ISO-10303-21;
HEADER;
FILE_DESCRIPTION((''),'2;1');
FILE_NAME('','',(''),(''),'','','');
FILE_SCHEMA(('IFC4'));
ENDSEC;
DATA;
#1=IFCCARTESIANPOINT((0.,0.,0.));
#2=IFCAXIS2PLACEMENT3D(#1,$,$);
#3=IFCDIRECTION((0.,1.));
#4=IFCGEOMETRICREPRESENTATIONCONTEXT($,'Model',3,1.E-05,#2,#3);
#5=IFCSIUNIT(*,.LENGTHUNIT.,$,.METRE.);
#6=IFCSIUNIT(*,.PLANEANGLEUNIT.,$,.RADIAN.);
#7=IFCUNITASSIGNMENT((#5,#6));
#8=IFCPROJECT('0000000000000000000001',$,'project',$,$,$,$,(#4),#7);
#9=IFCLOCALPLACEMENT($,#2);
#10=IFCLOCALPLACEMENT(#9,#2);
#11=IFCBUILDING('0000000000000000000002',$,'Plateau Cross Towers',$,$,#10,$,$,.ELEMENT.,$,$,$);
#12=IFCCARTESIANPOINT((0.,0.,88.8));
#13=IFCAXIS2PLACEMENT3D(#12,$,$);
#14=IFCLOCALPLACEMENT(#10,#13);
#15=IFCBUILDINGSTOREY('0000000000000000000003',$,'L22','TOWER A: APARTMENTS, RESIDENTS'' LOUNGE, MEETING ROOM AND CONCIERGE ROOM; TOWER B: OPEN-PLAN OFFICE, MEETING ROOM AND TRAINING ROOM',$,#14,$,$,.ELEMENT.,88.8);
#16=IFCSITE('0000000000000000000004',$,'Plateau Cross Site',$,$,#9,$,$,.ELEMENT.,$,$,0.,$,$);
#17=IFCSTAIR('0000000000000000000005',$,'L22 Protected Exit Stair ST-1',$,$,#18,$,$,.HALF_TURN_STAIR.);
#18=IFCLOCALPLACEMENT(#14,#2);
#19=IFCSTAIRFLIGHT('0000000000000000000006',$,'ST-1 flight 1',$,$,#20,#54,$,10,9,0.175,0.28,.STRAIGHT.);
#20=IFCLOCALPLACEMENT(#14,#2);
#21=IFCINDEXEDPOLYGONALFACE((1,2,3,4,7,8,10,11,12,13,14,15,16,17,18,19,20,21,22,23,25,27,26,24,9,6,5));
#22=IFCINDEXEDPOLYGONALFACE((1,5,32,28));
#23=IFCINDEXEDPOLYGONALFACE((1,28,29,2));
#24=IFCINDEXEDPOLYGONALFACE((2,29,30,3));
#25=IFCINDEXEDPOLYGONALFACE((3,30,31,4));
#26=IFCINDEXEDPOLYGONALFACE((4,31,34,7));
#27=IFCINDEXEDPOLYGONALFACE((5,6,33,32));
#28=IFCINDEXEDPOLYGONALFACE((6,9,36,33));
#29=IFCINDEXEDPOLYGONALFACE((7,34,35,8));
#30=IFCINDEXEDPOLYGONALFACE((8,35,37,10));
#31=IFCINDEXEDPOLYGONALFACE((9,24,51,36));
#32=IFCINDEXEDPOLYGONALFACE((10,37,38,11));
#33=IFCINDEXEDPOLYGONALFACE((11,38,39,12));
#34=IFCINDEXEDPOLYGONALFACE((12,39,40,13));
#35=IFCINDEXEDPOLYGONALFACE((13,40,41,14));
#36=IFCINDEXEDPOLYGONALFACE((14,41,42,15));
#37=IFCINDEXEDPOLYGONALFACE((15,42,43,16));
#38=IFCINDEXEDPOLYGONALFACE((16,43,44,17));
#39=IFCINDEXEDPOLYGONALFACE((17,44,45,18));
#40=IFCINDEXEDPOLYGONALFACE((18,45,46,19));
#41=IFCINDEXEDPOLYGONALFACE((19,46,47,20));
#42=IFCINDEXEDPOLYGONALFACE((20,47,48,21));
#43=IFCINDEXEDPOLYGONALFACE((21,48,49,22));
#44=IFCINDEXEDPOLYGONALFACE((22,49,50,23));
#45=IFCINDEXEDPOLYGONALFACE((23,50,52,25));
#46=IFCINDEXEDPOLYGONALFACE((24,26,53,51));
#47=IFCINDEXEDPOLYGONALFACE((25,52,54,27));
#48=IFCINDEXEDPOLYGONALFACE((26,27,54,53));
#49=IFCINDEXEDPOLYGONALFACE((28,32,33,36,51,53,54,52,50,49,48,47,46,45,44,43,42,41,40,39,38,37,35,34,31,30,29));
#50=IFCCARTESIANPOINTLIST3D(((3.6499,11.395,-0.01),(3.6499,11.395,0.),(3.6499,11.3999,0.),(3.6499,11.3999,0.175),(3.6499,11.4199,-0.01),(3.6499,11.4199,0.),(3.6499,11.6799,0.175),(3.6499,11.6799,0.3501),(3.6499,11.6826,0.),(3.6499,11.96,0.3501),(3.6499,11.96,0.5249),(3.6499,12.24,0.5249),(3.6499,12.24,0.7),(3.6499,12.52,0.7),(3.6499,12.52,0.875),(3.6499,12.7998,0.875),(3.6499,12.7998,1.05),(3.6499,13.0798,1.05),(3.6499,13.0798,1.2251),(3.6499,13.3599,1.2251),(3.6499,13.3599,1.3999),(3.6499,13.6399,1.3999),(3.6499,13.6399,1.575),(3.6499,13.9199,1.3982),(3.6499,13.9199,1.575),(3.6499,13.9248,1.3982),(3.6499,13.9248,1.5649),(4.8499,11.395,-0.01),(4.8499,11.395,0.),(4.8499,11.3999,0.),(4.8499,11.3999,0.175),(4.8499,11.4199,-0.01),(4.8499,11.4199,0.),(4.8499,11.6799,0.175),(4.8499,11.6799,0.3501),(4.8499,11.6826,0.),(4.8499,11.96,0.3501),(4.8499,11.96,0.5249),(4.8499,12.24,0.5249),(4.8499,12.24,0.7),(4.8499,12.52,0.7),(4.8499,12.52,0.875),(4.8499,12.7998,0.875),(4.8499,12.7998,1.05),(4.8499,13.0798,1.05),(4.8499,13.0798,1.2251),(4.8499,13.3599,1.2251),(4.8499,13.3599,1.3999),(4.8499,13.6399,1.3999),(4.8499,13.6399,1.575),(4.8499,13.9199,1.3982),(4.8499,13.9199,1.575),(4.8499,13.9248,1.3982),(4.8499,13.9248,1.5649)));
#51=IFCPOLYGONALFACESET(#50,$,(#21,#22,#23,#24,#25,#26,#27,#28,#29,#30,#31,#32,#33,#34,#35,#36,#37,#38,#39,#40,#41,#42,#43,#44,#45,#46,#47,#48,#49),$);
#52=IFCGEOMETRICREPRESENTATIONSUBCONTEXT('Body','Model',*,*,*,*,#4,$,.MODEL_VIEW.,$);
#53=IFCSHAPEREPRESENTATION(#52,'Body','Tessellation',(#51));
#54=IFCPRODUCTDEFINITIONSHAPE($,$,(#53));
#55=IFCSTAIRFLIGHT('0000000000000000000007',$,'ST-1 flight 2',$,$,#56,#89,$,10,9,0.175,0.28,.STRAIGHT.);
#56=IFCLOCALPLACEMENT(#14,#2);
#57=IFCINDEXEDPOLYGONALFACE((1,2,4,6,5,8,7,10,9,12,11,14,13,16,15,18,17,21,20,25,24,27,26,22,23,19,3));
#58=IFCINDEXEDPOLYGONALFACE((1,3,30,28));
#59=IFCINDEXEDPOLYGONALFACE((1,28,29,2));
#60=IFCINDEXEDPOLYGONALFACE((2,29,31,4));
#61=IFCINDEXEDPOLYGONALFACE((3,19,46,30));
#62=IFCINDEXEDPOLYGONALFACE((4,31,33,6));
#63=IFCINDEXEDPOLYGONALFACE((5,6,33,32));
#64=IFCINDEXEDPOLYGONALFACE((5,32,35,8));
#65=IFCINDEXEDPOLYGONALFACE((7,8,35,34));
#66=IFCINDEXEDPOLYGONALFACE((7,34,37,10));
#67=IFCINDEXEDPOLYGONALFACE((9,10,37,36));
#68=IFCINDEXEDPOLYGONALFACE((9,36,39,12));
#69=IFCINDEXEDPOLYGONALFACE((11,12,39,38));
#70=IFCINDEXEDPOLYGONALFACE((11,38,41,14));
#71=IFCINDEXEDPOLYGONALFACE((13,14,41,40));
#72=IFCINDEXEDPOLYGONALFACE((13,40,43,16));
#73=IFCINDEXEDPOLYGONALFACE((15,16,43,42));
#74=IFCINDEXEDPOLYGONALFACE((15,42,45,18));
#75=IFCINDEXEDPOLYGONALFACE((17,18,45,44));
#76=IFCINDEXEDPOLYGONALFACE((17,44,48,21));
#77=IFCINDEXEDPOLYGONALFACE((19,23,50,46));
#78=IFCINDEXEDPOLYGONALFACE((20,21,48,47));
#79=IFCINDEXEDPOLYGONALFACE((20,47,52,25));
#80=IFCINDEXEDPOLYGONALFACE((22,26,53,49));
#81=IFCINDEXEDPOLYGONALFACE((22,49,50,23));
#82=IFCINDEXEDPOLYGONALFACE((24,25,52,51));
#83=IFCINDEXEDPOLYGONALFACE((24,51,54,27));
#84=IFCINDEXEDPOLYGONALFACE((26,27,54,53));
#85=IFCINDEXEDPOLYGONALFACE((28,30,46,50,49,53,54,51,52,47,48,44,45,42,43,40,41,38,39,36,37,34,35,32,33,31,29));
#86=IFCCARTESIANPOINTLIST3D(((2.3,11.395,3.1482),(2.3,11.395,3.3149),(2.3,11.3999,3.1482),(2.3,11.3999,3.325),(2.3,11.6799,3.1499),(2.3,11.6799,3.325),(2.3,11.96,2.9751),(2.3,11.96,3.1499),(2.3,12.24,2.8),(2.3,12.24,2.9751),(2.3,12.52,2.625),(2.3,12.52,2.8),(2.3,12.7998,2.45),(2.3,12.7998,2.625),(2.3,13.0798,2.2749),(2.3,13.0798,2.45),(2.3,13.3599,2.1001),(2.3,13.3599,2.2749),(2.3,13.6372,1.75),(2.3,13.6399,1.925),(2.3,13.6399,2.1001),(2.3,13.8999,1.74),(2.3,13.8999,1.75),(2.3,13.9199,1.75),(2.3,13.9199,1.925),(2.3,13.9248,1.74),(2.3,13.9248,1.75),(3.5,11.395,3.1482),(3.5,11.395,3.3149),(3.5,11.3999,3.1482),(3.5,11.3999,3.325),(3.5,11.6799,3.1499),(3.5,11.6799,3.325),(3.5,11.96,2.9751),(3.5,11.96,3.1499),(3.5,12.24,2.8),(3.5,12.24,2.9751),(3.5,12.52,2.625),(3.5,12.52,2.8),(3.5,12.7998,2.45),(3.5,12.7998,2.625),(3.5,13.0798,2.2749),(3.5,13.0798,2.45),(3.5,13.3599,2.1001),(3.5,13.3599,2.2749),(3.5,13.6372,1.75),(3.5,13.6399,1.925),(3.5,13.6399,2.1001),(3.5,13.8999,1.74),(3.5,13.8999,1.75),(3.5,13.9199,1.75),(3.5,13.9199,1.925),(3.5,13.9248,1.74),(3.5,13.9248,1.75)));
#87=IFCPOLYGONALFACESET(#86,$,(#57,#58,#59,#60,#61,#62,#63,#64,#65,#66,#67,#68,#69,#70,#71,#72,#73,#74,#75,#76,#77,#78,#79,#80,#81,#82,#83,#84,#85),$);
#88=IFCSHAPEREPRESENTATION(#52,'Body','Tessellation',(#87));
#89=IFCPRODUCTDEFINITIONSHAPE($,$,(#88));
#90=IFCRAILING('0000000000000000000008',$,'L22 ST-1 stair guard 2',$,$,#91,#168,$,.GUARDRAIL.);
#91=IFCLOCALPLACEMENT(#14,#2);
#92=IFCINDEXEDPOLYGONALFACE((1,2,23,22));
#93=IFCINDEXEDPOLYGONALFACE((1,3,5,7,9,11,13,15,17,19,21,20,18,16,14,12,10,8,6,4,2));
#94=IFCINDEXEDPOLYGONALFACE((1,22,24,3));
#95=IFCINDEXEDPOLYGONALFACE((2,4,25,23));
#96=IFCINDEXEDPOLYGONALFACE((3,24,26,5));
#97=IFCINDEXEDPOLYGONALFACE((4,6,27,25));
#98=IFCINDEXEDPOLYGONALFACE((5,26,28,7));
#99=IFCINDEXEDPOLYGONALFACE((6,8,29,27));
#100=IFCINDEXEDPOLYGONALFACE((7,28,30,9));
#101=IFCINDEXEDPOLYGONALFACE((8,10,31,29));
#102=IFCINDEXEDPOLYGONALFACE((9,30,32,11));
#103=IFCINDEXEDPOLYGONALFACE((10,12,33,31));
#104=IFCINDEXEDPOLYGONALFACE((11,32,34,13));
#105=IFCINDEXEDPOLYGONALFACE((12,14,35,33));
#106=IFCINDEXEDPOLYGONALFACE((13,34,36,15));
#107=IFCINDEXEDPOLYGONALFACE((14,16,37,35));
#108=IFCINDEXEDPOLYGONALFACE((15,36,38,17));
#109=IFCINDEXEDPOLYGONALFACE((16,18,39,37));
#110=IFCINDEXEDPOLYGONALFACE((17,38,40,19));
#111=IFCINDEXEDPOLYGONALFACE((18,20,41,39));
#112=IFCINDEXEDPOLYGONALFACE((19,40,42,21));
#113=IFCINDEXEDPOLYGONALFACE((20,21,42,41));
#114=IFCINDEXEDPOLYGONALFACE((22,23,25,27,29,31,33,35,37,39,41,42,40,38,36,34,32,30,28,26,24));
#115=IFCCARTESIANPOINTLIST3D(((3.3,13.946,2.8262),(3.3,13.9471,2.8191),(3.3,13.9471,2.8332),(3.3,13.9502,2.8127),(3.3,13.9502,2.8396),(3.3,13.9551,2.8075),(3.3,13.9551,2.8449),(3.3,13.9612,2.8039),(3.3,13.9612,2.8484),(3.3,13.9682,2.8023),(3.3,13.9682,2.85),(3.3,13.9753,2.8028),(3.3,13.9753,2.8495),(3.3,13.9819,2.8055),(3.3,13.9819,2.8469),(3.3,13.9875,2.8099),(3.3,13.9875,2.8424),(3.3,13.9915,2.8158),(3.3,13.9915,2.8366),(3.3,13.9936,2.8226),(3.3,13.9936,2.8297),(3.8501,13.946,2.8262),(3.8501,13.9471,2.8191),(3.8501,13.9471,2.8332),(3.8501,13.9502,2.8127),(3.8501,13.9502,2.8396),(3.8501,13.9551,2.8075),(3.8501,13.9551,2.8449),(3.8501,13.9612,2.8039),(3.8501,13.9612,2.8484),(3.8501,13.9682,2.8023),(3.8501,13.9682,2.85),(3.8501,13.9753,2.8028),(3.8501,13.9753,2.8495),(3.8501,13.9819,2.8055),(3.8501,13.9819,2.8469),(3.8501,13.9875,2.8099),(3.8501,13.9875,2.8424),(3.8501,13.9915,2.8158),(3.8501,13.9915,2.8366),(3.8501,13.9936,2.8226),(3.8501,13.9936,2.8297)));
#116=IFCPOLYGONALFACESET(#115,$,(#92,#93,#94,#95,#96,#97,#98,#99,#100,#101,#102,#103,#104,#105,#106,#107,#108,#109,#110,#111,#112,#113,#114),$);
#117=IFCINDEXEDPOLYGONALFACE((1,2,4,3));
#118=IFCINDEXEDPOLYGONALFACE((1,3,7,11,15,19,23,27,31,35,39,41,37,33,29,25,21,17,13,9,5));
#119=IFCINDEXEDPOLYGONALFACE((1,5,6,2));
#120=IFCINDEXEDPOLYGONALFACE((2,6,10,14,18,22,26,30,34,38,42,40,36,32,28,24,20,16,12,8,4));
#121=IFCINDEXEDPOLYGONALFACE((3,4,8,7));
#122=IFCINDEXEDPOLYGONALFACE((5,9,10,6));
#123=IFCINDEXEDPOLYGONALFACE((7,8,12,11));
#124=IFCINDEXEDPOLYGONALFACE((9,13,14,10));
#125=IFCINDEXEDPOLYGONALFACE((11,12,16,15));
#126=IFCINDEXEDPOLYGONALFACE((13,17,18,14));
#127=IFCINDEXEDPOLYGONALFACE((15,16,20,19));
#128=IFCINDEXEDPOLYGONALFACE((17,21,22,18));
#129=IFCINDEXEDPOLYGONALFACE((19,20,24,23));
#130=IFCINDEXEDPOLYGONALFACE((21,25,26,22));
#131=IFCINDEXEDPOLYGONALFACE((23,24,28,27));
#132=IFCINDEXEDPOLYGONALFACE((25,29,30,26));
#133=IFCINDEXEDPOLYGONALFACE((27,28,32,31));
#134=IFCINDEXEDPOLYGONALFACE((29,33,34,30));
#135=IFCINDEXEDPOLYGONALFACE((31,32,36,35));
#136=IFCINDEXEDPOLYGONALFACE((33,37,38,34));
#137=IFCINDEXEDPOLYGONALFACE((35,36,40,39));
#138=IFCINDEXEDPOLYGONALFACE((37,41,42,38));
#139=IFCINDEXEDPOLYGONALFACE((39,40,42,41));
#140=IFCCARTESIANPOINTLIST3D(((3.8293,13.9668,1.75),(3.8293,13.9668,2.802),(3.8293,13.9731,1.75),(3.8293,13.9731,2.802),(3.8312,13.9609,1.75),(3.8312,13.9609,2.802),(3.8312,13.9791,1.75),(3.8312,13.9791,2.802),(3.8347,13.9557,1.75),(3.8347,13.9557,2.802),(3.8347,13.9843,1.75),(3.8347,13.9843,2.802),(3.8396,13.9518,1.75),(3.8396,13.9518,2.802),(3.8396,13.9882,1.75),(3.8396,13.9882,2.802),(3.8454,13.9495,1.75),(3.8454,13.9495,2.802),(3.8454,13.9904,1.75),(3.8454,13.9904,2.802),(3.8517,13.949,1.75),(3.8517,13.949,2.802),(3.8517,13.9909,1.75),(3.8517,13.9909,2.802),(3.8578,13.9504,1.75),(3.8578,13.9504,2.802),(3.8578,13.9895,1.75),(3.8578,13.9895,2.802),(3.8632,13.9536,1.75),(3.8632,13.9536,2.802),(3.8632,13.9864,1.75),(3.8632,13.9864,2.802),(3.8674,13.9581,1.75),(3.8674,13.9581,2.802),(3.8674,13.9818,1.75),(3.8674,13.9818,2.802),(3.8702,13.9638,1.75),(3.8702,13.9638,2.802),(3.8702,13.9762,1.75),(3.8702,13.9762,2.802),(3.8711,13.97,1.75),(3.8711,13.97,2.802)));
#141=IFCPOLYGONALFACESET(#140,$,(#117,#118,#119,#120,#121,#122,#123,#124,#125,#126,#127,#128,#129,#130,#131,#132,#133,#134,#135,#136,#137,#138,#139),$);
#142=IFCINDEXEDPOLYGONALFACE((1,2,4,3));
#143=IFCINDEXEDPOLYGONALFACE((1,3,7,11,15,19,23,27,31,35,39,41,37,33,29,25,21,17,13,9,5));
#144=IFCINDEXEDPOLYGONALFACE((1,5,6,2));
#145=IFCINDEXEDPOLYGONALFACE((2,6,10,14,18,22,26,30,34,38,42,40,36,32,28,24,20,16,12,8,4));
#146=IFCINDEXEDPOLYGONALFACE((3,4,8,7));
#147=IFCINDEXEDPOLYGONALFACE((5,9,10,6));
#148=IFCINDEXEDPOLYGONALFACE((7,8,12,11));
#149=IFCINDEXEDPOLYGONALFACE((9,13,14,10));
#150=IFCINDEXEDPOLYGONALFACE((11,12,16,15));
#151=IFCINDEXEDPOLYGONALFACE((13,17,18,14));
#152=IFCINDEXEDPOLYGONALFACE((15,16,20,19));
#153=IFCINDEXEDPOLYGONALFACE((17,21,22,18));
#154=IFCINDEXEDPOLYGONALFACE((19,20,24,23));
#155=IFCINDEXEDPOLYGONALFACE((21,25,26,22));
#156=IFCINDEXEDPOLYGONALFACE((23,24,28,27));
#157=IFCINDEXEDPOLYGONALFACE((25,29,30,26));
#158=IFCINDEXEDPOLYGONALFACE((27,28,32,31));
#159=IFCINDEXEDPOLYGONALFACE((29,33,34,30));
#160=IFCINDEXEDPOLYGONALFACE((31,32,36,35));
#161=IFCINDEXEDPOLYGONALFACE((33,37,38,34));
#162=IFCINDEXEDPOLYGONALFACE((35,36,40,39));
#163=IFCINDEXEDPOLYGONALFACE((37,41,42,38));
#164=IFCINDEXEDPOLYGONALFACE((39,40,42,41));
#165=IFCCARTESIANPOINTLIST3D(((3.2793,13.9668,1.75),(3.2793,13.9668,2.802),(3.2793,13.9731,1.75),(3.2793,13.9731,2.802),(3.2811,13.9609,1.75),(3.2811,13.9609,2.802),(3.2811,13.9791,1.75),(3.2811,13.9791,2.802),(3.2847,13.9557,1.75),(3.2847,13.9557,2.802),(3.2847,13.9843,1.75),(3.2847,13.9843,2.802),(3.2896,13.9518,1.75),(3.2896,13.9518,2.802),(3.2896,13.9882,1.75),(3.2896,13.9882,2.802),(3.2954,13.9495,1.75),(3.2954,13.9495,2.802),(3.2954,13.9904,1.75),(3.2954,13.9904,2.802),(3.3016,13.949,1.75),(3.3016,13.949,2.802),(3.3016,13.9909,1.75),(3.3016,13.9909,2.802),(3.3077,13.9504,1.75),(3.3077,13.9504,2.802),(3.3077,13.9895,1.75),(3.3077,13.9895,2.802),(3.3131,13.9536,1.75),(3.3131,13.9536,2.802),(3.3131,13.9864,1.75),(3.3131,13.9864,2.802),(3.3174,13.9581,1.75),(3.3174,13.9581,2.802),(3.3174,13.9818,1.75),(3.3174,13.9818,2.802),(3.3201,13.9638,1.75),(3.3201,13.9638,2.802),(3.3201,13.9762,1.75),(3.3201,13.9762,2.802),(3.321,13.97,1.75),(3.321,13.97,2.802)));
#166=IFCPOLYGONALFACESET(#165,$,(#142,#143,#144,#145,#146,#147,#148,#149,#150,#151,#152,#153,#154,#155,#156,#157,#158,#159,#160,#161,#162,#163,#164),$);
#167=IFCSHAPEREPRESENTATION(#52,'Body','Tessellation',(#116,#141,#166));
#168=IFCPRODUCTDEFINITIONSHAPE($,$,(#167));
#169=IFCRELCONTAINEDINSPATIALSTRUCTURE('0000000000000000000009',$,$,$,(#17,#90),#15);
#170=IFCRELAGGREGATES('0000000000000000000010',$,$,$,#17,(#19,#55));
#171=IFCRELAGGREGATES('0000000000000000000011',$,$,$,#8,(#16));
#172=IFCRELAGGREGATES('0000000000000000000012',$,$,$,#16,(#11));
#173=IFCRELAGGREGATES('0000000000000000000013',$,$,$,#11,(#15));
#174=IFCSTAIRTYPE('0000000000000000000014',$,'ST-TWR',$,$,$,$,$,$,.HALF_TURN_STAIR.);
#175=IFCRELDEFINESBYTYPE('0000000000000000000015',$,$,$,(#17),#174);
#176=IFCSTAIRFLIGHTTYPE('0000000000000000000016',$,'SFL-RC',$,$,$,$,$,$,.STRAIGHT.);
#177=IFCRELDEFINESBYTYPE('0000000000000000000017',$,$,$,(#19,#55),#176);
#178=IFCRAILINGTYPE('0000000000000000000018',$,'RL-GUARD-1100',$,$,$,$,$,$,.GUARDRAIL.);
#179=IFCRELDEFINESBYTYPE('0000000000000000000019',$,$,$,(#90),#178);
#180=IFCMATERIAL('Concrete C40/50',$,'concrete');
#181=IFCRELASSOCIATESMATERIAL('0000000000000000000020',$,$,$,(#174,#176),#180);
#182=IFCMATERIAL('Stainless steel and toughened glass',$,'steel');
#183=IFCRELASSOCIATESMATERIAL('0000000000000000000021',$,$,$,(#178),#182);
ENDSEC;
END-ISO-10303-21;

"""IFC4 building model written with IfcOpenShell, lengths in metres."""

from ifc_helpers import new_model, si_unit, direction, frame, origin, origin_2d, place, context, subcontext, project, spatial, polyline, circle, outline, extrude, material, type_object, element, aggregate, save


model = new_model("IFC4")

# Units and contexts
model_context = context("Model", 3, precision=1e-05, world=origin(), true_north=direction((0.0, 1.0)))
body_context = subcontext(model_context, "Body", "Model", "MODEL_VIEW")
ifc_project = project(units=[si_unit("LENGTHUNIT", "METRE"), si_unit("PLANEANGLEUNIT", "RADIAN")], contexts=[model_context])

# Site, building, storey
site_placement = place(None, origin())
site = spatial("IfcSite", under=ifc_project, at=site_placement, Name="Plateau Cross Site", CompositionType="ELEMENT", RefElevation=0.0)
building_placement = place(site_placement, origin())
building = spatial("IfcBuilding", under=site, at=building_placement, Name="Plateau Cross Towers", CompositionType="ELEMENT")
storey_placement = place(building_placement, frame((0.0, 0.0, 88.8)))
storey = spatial("IfcBuildingStorey", under=building, at=storey_placement, Name="L22", Description="TOWER A: APARTMENTS, RESIDENTS' LOUNGE, MEETING ROOM AND CONCIERGE ROOM; TOWER B: OPEN-PLAN OFFICE, MEETING ROOM AND TRAINING ROOM", CompositionType="ELEMENT", Elevation=88.8)

# Stair, stair flights
ifc_material_1 = material(Name="Concrete C40/50", Category="concrete")
stair_type = type_object("IfcStairType", Name="ST-TWR", PredefinedType="HALF_TURN_STAIR", material=ifc_material_1)
stair_placement = place(storey_placement, origin())
stair = element("IfcStair", 1, at=stair_placement, inside=storey, type_object=stair_type, Name="L22 Protected Exit Stair ST-1", PredefinedType="HALF_TURN_STAIR")
stair_flight_type = type_object("IfcStairFlightType", Name="SFL-RC", PredefinedType="STRAIGHT", material=ifc_material_1)
stair_flight_1_placement = place(storey_placement, frame((4.25, 11.3999, 0.0), z_axis=(0.0, 0.0, 1.0), x_axis=(0.0, 1.0, 0.0)))
stair_flight_1 = element("IfcStairFlight", 2, at=stair_flight_1_placement, type_object=stair_flight_type, Name="ST-1 flight 1", NumberOfRisers=10, NumberOfTreads=9, PredefinedType="STRAIGHT", RiserHeight=0.175, TreadLength=0.28, context=body_context, shape_type="SweptSolid", body=[
    extrude(outline(polyline([(-0.0049, -0.01), (-0.0049, 0.0), (0.0, 0.0), (0.0, 0.175), (0.28, 0.175), (0.28, 0.3501), (0.5601, 0.3501), (0.5601, 0.5249), (0.8401, 0.5249), (0.8401, 0.7), (1.1201, 0.7), (1.1201, 0.875), (1.3999, 0.875), (1.3999, 1.05), (1.6799, 1.05), (1.6799, 1.2251), (1.96, 1.2251), (1.96, 1.3999), (2.24, 1.3999), (2.24, 1.575), (2.52, 1.575), (2.5249, 1.5649), (2.5249, 1.3982), (2.52, 1.3982), (0.2827, 0.0), (0.02, 0.0), (0.02, -0.01), (-0.0049, -0.01)])), frame((0.0, 0.6001, 0.0), z_axis=(0.0, -1.0, 0.0), x_axis=(1.0, 0.0, 0.0)), (0.0, 0.0, 1.0), 1.2),
])
stair_flight_2_placement = place(storey_placement, frame((2.8999, 13.9199, 1.75), z_axis=(0.0, 0.0, 1.0), x_axis=(0.0, -1.0, 0.0)))
stair_flight_2 = element("IfcStairFlight", 3, at=stair_flight_2_placement, type_object=stair_flight_type, Name="ST-1 flight 2", NumberOfRisers=10, NumberOfTreads=9, PredefinedType="STRAIGHT", RiserHeight=0.175, TreadLength=0.28, context=body_context, shape_type="SweptSolid", body=[
    extrude(outline(polyline([(-0.0049, -0.01), (-0.0049, 0.0), (0.0, 0.0), (0.0, 0.175), (0.28, 0.175), (0.28, 0.3501), (0.5601, 0.3501), (0.5601, 0.5249), (0.8401, 0.5249), (0.8401, 0.7), (1.1201, 0.7), (1.1201, 0.875), (1.3999, 0.875), (1.3999, 1.05), (1.6799, 1.05), (1.6799, 1.2251), (1.96, 1.2251), (1.96, 1.3999), (2.24, 1.3999), (2.24, 1.575), (2.52, 1.575), (2.5249, 1.5649), (2.5249, 1.3982), (2.52, 1.3982), (0.2827, 0.0), (0.02, 0.0), (0.02, -0.01), (-0.0049, -0.01)])), frame((0.0, 0.6001, 0.0), z_axis=(0.0, -1.0, 0.0), x_axis=(1.0, 0.0, 0.0)), (0.0, 0.0, 1.0), 1.2),
])
aggregate(stair, [stair_flight_1, stair_flight_2])

# Railing
ifc_material_2 = material(Name="Stainless steel and toughened glass", Category="steel")
railing_type_1 = type_object("IfcRailingType", Name="RL-GUARD-1100", PredefinedType="GUARDRAIL", material=ifc_material_2)
railing_1_placement = place(storey_placement, frame((3.8501, 13.97, 1.75)))
element("IfcRailing", 4, at=railing_1_placement, inside=storey, type_object=railing_type_1, Name="L22 ST-1 stair guard 2", PredefinedType="GUARDRAIL", context=body_context, shape_type="SweptSolid", body=[
    extrude(circle(Radius=0.0239, at=origin_2d()), frame((0.0, 0.0, 1.0762), z_axis=(-1.0, 0.0, 0.0), x_axis=(0.0, -1.0, 0.0)), (0.0, 0.0, 1.0), 0.55),
    extrude(circle(Radius=0.021, at=origin_2d()), origin(), (0.0, 0.0, 1.0), 1.052),
    extrude(circle(Radius=0.021, at=origin_2d()), frame((-0.55, 0.0, 0.0)), (0.0, 0.0, 1.0), 1.052),
])

save(model, "model.ifc")
